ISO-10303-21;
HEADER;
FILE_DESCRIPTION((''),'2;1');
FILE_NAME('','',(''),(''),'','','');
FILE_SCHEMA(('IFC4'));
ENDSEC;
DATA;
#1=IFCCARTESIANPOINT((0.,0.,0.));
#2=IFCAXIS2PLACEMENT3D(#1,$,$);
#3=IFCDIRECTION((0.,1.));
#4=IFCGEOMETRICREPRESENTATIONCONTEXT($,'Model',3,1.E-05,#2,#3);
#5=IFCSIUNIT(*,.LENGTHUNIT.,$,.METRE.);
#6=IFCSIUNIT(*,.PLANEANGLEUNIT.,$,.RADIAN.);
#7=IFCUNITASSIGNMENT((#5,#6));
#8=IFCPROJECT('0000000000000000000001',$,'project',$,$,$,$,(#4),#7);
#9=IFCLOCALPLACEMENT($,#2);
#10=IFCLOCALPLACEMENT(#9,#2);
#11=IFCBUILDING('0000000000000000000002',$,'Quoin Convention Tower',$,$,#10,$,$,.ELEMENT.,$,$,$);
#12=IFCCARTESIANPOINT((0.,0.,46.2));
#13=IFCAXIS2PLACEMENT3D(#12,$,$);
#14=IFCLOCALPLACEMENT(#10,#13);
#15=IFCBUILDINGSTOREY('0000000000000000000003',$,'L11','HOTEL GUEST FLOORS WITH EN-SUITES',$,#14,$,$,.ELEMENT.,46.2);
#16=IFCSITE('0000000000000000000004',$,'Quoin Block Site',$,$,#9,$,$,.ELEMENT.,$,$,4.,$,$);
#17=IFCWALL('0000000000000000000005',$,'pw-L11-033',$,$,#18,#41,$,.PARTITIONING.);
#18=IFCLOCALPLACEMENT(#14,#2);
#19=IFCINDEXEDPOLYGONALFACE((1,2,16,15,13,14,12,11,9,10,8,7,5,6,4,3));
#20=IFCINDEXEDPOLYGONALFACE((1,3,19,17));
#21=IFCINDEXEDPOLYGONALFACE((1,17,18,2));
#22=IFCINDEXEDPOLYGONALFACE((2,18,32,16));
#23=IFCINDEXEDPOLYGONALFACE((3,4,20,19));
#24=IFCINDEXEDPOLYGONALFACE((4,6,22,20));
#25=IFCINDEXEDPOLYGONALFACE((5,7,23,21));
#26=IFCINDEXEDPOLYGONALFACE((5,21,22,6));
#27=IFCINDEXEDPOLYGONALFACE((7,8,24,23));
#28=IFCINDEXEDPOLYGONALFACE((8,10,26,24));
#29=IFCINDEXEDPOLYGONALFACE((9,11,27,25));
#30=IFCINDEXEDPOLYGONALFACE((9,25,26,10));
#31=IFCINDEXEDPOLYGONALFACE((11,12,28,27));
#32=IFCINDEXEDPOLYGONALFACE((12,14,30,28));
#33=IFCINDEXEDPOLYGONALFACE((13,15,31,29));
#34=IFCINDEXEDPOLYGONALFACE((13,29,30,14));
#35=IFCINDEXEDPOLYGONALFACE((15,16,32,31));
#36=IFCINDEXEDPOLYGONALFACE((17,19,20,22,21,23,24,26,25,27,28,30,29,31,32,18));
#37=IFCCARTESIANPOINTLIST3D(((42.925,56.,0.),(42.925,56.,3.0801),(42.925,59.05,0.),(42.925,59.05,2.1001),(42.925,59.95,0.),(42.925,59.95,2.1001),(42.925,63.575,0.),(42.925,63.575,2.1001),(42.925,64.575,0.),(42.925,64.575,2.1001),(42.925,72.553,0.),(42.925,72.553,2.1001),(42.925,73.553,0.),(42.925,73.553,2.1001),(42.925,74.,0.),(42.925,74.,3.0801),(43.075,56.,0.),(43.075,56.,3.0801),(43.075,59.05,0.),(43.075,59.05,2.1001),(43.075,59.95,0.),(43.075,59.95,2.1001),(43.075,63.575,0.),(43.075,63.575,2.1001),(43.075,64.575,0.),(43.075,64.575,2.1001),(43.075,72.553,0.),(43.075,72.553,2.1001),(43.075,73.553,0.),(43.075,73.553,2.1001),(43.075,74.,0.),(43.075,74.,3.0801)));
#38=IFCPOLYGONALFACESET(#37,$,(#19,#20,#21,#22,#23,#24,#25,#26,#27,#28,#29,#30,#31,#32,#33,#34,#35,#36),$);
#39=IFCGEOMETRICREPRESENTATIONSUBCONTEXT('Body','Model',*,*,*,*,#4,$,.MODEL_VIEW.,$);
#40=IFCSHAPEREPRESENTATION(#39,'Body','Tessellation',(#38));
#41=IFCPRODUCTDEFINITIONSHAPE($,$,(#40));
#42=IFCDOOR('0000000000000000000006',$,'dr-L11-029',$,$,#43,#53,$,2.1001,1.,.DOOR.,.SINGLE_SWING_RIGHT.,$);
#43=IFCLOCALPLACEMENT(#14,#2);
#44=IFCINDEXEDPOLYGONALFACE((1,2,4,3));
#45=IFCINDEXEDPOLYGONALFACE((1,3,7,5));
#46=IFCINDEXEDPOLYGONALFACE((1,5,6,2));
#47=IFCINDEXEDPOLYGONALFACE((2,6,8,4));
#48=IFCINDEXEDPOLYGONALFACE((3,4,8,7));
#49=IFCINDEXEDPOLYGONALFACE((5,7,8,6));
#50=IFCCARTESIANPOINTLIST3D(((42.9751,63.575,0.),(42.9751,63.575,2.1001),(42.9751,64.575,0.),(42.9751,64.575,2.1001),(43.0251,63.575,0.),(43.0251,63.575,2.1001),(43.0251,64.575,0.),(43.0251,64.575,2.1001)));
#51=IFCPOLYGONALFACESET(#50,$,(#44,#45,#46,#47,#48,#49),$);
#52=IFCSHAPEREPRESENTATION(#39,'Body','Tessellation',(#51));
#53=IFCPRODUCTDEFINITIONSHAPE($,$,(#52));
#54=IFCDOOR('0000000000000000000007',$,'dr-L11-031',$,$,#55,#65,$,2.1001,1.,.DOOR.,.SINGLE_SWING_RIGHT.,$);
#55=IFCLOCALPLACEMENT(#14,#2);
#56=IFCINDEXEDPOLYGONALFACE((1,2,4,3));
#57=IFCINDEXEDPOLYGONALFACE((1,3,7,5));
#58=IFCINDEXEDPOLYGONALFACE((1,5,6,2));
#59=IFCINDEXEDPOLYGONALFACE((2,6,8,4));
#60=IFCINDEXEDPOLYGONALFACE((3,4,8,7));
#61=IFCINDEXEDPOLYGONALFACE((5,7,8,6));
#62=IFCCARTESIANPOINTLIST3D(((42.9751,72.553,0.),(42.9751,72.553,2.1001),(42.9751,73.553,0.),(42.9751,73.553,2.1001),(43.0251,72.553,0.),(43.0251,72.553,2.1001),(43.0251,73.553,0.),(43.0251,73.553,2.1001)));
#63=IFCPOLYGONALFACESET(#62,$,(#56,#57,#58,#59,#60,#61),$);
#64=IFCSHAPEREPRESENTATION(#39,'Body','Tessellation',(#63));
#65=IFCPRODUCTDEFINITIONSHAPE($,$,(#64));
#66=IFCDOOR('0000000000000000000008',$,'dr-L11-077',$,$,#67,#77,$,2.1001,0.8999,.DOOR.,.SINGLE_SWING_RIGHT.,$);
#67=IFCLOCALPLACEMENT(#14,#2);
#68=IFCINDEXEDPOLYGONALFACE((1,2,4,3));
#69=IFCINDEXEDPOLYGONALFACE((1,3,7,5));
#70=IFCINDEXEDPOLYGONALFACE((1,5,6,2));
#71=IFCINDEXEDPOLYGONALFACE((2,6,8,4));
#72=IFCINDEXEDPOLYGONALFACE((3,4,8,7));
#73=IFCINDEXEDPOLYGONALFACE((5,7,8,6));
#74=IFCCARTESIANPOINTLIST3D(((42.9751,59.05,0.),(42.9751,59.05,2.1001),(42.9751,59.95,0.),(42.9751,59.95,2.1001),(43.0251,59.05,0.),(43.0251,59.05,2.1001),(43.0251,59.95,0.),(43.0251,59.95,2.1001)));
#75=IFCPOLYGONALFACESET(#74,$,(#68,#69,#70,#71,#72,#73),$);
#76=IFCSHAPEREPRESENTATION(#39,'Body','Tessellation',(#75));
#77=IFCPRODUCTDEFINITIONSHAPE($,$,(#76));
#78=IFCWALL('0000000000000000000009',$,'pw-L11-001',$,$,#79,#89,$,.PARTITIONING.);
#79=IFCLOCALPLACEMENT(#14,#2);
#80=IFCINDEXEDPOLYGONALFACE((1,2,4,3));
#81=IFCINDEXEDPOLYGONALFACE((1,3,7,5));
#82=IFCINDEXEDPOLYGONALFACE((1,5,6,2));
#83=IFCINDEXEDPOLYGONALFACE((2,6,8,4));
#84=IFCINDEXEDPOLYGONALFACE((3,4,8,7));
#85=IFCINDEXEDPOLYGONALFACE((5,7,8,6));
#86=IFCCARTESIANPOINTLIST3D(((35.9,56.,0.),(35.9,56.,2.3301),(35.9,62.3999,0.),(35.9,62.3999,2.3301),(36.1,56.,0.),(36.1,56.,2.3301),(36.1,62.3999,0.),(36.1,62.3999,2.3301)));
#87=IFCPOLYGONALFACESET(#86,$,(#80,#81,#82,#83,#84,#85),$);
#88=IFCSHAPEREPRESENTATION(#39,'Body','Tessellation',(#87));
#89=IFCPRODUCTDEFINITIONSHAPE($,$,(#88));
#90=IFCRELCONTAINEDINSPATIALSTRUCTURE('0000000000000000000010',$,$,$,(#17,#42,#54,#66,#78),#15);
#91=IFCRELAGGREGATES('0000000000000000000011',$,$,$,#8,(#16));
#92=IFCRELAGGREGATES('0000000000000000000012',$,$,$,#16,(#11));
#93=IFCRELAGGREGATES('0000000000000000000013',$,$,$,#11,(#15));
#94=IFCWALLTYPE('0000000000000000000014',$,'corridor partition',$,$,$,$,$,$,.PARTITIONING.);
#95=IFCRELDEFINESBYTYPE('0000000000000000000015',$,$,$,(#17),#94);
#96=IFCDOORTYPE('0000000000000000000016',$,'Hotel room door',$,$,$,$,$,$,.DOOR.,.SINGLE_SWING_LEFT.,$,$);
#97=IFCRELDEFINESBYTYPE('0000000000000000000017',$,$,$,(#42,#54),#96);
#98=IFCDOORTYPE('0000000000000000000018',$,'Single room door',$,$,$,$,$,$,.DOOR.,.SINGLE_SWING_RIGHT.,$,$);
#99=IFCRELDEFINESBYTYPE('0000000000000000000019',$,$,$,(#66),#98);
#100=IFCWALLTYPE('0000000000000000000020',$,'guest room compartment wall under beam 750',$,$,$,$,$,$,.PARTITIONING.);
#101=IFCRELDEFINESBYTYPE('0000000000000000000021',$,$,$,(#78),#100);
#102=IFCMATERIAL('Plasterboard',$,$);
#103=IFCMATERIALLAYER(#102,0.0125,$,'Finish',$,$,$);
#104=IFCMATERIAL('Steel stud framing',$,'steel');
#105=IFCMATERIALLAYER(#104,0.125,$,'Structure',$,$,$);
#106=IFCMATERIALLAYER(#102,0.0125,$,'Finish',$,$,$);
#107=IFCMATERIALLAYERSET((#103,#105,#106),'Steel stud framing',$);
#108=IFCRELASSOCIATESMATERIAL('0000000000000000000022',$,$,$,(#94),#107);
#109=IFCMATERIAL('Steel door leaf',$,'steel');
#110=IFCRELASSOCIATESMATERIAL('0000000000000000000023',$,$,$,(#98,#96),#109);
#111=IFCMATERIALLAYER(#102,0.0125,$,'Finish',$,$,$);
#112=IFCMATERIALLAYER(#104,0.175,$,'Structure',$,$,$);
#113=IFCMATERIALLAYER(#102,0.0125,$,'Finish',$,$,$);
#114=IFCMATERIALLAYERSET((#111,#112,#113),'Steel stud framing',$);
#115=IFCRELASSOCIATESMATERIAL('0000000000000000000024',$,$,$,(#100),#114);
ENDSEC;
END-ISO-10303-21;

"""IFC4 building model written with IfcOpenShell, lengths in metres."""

from ifc_helpers import new_model, si_unit, direction, frame, frame_2d, origin, place, context, subcontext, project, spatial, rectangle, extrude, material, layer, layer_set, type_object, element, fill, save


model = new_model("IFC4")

# Units and contexts
model_context = context("Model", 3, precision=1e-05, world=origin(), true_north=direction((0.0, 1.0)))
body_context = subcontext(model_context, "Body", "Model", "MODEL_VIEW")
ifc_project = project(units=[si_unit("LENGTHUNIT", "METRE"), si_unit("PLANEANGLEUNIT", "RADIAN")], contexts=[model_context])

# Site, building, storey
site_placement = place(None, origin())
site = spatial("IfcSite", under=ifc_project, at=site_placement, Name="Quoin Block Site", CompositionType="ELEMENT", RefElevation=4.0)
building_placement = place(site_placement, origin())
building = spatial("IfcBuilding", under=site, at=building_placement, Name="Quoin Convention Tower", CompositionType="ELEMENT")
storey_placement = place(building_placement, frame((0.0, 0.0, 46.2)))
storey = spatial("IfcBuildingStorey", under=building, at=storey_placement, Name="L11", Description="HOTEL GUEST FLOORS WITH EN-SUITES", CompositionType="ELEMENT", Elevation=46.2)

# Shared definitions
ifc_material_1 = material(Name="Plasterboard")
ifc_material_2 = material(Name="Steel stud framing", Category="steel")
ifc_material_3 = material(Name="Steel door leaf", Category="steel")

# Shared definitions
ifc_layer_1 = layer(ifc_material_1, 0.0125, Name="Finish")
ifc_layer_2 = layer(ifc_material_2, 0.125, Name="Structure")
ifc_layer_3 = layer(ifc_material_1, 0.0125, Name="Finish")
ifc_layer_set_1 = layer_set([ifc_layer_1, ifc_layer_2, ifc_layer_3], Name="Steel stud framing")
wall_type_1 = type_object("IfcWallType", Name="corridor partition", PredefinedType="PARTITIONING", material=ifc_layer_set_1)

# Shared definitions
door_type_1 = type_object("IfcDoorType", Name="Single room door", OperationType="SINGLE_SWING_RIGHT", PredefinedType="DOOR", material=ifc_material_3)

# Wall, openings, doors
wall_1_placement = place(storey_placement, frame((43.0, 56.0, 0.0), z_axis=(0.0, 0.0, 1.0), x_axis=(0.0, 1.0, 0.0)))
wall_1 = element("IfcWall", 1, at=wall_1_placement, inside=storey, type_object=wall_type_1, Name="pw-L11-033", PredefinedType="PARTITIONING", context=body_context, shape_type="SweptSolid", body=[
    extrude(rectangle(XDim=18.0, YDim=0.1499, at=frame_2d((9.0, 0.0))), origin(), (0.0, 0.0, 1.0), 3.0801),
])
opening_1_placement = place(wall_1_placement, frame((7.575, 0.0, 0.0)))
opening_1 = element("IfcOpeningElement", 2, at=opening_1_placement, cuts=wall_1, PredefinedType="OPENING", context=body_context, shape_type="SweptSolid", body=[
    extrude(rectangle(XDim=1.0, YDim=2.1001, at=frame_2d((0.5, 1.05))), frame((0.0, 0.085, 0.0), z_axis=(0.0, -1.0, 0.0), x_axis=(1.0, 0.0, 0.0)), (0.0, 0.0, 1.0), 0.1699),
])
opening_2_placement = place(wall_1_placement, frame((16.553, 0.0, 0.0)))
opening_2 = element("IfcOpeningElement", 3, at=opening_2_placement, cuts=wall_1, PredefinedType="OPENING", context=body_context, shape_type="SweptSolid", body=[
    extrude(rectangle(XDim=1.0, YDim=2.1001, at=frame_2d((0.5, 1.05))), frame((0.0, 0.085, 0.0), z_axis=(0.0, -1.0, 0.0), x_axis=(1.0, 0.0, 0.0)), (0.0, 0.0, 1.0), 0.1699),
])
opening_3_placement = place(wall_1_placement, frame((3.05, 0.0, 0.0)))
opening_3 = element("IfcOpeningElement", 4, at=opening_3_placement, cuts=wall_1, PredefinedType="OPENING", context=body_context, shape_type="SweptSolid", body=[
    extrude(rectangle(XDim=0.8999, YDim=2.1001, at=frame_2d((0.45, 1.05))), frame((0.0, 0.085, 0.0), z_axis=(0.0, -1.0, 0.0), x_axis=(1.0, 0.0, 0.0)), (0.0, 0.0, 1.0), 0.1699),
])
door_type_2 = type_object("IfcDoorType", Name="Hotel room door", OperationType="SINGLE_SWING_LEFT", PredefinedType="DOOR", material=ifc_material_3)
door_1_placement = place(opening_1_placement, origin())
door_1 = element("IfcDoor", 5, at=door_1_placement, inside=storey, type_object=door_type_2, Name="dr-L11-029", OperationType="SINGLE_SWING_RIGHT", OverallHeight=2.1001, OverallWidth=1.0, PredefinedType="DOOR", context=body_context, shape_type="SweptSolid", body=[
    extrude(rectangle(XDim=1.0, YDim=2.1001, at=frame_2d((0.5, 1.05))), frame((0.0, 0.0249, 0.0), z_axis=(0.0, -1.0, 0.0), x_axis=(1.0, 0.0, 0.0)), (0.0, 0.0, 1.0), 0.05),
])
fill(opening_1, door_1)
door_2_placement = place(opening_2_placement, origin())
door_2 = element("IfcDoor", 6, at=door_2_placement, inside=storey, type_object=door_type_2, Name="dr-L11-031", OperationType="SINGLE_SWING_RIGHT", OverallHeight=2.1001, OverallWidth=1.0, PredefinedType="DOOR", context=body_context, shape_type="SweptSolid", body=[
    extrude(rectangle(XDim=1.0, YDim=2.1001, at=frame_2d((0.5, 1.05))), frame((0.0, 0.0249, 0.0), z_axis=(0.0, -1.0, 0.0), x_axis=(1.0, 0.0, 0.0)), (0.0, 0.0, 1.0), 0.05),
])
fill(opening_2, door_2)
door_3_placement = place(opening_3_placement, origin())
door_3 = element("IfcDoor", 7, at=door_3_placement, inside=storey, type_object=door_type_1, Name="dr-L11-077", OperationType="SINGLE_SWING_RIGHT", OverallHeight=2.1001, OverallWidth=0.8999, PredefinedType="DOOR", context=body_context, shape_type="SweptSolid", body=[
    extrude(rectangle(XDim=0.8999, YDim=2.1001, at=frame_2d((0.45, 1.05))), frame((0.0, 0.0249, 0.0), z_axis=(0.0, -1.0, 0.0), x_axis=(1.0, 0.0, 0.0)), (0.0, 0.0, 1.0), 0.05),
])
fill(opening_3, door_3)

# Wall
ifc_layer_4 = layer(ifc_material_1, 0.0125, Name="Finish")
ifc_layer_5 = layer(ifc_material_2, 0.175, Name="Structure")
ifc_layer_6 = layer(ifc_material_1, 0.0125, Name="Finish")
ifc_layer_set_2 = layer_set([ifc_layer_4, ifc_layer_5, ifc_layer_6], Name="Steel stud framing")
wall_type_2 = type_object("IfcWallType", Name="guest room compartment wall under beam 750", PredefinedType="PARTITIONING", material=ifc_layer_set_2)
wall_2_placement = place(storey_placement, frame((36.0, 56.0, 0.0), z_axis=(0.0, 0.0, 1.0), x_axis=(0.0, 1.0, 0.0)))
element("IfcWall", 8, at=wall_2_placement, inside=storey, type_object=wall_type_2, Name="pw-L11-001", PredefinedType="PARTITIONING", context=body_context, shape_type="SweptSolid", body=[
    extrude(rectangle(XDim=6.3999, YDim=0.2, at=frame_2d((3.2, 0.0))), origin(), (0.0, 0.0, 1.0), 2.3301),
])

save(model, "model.ifc")
